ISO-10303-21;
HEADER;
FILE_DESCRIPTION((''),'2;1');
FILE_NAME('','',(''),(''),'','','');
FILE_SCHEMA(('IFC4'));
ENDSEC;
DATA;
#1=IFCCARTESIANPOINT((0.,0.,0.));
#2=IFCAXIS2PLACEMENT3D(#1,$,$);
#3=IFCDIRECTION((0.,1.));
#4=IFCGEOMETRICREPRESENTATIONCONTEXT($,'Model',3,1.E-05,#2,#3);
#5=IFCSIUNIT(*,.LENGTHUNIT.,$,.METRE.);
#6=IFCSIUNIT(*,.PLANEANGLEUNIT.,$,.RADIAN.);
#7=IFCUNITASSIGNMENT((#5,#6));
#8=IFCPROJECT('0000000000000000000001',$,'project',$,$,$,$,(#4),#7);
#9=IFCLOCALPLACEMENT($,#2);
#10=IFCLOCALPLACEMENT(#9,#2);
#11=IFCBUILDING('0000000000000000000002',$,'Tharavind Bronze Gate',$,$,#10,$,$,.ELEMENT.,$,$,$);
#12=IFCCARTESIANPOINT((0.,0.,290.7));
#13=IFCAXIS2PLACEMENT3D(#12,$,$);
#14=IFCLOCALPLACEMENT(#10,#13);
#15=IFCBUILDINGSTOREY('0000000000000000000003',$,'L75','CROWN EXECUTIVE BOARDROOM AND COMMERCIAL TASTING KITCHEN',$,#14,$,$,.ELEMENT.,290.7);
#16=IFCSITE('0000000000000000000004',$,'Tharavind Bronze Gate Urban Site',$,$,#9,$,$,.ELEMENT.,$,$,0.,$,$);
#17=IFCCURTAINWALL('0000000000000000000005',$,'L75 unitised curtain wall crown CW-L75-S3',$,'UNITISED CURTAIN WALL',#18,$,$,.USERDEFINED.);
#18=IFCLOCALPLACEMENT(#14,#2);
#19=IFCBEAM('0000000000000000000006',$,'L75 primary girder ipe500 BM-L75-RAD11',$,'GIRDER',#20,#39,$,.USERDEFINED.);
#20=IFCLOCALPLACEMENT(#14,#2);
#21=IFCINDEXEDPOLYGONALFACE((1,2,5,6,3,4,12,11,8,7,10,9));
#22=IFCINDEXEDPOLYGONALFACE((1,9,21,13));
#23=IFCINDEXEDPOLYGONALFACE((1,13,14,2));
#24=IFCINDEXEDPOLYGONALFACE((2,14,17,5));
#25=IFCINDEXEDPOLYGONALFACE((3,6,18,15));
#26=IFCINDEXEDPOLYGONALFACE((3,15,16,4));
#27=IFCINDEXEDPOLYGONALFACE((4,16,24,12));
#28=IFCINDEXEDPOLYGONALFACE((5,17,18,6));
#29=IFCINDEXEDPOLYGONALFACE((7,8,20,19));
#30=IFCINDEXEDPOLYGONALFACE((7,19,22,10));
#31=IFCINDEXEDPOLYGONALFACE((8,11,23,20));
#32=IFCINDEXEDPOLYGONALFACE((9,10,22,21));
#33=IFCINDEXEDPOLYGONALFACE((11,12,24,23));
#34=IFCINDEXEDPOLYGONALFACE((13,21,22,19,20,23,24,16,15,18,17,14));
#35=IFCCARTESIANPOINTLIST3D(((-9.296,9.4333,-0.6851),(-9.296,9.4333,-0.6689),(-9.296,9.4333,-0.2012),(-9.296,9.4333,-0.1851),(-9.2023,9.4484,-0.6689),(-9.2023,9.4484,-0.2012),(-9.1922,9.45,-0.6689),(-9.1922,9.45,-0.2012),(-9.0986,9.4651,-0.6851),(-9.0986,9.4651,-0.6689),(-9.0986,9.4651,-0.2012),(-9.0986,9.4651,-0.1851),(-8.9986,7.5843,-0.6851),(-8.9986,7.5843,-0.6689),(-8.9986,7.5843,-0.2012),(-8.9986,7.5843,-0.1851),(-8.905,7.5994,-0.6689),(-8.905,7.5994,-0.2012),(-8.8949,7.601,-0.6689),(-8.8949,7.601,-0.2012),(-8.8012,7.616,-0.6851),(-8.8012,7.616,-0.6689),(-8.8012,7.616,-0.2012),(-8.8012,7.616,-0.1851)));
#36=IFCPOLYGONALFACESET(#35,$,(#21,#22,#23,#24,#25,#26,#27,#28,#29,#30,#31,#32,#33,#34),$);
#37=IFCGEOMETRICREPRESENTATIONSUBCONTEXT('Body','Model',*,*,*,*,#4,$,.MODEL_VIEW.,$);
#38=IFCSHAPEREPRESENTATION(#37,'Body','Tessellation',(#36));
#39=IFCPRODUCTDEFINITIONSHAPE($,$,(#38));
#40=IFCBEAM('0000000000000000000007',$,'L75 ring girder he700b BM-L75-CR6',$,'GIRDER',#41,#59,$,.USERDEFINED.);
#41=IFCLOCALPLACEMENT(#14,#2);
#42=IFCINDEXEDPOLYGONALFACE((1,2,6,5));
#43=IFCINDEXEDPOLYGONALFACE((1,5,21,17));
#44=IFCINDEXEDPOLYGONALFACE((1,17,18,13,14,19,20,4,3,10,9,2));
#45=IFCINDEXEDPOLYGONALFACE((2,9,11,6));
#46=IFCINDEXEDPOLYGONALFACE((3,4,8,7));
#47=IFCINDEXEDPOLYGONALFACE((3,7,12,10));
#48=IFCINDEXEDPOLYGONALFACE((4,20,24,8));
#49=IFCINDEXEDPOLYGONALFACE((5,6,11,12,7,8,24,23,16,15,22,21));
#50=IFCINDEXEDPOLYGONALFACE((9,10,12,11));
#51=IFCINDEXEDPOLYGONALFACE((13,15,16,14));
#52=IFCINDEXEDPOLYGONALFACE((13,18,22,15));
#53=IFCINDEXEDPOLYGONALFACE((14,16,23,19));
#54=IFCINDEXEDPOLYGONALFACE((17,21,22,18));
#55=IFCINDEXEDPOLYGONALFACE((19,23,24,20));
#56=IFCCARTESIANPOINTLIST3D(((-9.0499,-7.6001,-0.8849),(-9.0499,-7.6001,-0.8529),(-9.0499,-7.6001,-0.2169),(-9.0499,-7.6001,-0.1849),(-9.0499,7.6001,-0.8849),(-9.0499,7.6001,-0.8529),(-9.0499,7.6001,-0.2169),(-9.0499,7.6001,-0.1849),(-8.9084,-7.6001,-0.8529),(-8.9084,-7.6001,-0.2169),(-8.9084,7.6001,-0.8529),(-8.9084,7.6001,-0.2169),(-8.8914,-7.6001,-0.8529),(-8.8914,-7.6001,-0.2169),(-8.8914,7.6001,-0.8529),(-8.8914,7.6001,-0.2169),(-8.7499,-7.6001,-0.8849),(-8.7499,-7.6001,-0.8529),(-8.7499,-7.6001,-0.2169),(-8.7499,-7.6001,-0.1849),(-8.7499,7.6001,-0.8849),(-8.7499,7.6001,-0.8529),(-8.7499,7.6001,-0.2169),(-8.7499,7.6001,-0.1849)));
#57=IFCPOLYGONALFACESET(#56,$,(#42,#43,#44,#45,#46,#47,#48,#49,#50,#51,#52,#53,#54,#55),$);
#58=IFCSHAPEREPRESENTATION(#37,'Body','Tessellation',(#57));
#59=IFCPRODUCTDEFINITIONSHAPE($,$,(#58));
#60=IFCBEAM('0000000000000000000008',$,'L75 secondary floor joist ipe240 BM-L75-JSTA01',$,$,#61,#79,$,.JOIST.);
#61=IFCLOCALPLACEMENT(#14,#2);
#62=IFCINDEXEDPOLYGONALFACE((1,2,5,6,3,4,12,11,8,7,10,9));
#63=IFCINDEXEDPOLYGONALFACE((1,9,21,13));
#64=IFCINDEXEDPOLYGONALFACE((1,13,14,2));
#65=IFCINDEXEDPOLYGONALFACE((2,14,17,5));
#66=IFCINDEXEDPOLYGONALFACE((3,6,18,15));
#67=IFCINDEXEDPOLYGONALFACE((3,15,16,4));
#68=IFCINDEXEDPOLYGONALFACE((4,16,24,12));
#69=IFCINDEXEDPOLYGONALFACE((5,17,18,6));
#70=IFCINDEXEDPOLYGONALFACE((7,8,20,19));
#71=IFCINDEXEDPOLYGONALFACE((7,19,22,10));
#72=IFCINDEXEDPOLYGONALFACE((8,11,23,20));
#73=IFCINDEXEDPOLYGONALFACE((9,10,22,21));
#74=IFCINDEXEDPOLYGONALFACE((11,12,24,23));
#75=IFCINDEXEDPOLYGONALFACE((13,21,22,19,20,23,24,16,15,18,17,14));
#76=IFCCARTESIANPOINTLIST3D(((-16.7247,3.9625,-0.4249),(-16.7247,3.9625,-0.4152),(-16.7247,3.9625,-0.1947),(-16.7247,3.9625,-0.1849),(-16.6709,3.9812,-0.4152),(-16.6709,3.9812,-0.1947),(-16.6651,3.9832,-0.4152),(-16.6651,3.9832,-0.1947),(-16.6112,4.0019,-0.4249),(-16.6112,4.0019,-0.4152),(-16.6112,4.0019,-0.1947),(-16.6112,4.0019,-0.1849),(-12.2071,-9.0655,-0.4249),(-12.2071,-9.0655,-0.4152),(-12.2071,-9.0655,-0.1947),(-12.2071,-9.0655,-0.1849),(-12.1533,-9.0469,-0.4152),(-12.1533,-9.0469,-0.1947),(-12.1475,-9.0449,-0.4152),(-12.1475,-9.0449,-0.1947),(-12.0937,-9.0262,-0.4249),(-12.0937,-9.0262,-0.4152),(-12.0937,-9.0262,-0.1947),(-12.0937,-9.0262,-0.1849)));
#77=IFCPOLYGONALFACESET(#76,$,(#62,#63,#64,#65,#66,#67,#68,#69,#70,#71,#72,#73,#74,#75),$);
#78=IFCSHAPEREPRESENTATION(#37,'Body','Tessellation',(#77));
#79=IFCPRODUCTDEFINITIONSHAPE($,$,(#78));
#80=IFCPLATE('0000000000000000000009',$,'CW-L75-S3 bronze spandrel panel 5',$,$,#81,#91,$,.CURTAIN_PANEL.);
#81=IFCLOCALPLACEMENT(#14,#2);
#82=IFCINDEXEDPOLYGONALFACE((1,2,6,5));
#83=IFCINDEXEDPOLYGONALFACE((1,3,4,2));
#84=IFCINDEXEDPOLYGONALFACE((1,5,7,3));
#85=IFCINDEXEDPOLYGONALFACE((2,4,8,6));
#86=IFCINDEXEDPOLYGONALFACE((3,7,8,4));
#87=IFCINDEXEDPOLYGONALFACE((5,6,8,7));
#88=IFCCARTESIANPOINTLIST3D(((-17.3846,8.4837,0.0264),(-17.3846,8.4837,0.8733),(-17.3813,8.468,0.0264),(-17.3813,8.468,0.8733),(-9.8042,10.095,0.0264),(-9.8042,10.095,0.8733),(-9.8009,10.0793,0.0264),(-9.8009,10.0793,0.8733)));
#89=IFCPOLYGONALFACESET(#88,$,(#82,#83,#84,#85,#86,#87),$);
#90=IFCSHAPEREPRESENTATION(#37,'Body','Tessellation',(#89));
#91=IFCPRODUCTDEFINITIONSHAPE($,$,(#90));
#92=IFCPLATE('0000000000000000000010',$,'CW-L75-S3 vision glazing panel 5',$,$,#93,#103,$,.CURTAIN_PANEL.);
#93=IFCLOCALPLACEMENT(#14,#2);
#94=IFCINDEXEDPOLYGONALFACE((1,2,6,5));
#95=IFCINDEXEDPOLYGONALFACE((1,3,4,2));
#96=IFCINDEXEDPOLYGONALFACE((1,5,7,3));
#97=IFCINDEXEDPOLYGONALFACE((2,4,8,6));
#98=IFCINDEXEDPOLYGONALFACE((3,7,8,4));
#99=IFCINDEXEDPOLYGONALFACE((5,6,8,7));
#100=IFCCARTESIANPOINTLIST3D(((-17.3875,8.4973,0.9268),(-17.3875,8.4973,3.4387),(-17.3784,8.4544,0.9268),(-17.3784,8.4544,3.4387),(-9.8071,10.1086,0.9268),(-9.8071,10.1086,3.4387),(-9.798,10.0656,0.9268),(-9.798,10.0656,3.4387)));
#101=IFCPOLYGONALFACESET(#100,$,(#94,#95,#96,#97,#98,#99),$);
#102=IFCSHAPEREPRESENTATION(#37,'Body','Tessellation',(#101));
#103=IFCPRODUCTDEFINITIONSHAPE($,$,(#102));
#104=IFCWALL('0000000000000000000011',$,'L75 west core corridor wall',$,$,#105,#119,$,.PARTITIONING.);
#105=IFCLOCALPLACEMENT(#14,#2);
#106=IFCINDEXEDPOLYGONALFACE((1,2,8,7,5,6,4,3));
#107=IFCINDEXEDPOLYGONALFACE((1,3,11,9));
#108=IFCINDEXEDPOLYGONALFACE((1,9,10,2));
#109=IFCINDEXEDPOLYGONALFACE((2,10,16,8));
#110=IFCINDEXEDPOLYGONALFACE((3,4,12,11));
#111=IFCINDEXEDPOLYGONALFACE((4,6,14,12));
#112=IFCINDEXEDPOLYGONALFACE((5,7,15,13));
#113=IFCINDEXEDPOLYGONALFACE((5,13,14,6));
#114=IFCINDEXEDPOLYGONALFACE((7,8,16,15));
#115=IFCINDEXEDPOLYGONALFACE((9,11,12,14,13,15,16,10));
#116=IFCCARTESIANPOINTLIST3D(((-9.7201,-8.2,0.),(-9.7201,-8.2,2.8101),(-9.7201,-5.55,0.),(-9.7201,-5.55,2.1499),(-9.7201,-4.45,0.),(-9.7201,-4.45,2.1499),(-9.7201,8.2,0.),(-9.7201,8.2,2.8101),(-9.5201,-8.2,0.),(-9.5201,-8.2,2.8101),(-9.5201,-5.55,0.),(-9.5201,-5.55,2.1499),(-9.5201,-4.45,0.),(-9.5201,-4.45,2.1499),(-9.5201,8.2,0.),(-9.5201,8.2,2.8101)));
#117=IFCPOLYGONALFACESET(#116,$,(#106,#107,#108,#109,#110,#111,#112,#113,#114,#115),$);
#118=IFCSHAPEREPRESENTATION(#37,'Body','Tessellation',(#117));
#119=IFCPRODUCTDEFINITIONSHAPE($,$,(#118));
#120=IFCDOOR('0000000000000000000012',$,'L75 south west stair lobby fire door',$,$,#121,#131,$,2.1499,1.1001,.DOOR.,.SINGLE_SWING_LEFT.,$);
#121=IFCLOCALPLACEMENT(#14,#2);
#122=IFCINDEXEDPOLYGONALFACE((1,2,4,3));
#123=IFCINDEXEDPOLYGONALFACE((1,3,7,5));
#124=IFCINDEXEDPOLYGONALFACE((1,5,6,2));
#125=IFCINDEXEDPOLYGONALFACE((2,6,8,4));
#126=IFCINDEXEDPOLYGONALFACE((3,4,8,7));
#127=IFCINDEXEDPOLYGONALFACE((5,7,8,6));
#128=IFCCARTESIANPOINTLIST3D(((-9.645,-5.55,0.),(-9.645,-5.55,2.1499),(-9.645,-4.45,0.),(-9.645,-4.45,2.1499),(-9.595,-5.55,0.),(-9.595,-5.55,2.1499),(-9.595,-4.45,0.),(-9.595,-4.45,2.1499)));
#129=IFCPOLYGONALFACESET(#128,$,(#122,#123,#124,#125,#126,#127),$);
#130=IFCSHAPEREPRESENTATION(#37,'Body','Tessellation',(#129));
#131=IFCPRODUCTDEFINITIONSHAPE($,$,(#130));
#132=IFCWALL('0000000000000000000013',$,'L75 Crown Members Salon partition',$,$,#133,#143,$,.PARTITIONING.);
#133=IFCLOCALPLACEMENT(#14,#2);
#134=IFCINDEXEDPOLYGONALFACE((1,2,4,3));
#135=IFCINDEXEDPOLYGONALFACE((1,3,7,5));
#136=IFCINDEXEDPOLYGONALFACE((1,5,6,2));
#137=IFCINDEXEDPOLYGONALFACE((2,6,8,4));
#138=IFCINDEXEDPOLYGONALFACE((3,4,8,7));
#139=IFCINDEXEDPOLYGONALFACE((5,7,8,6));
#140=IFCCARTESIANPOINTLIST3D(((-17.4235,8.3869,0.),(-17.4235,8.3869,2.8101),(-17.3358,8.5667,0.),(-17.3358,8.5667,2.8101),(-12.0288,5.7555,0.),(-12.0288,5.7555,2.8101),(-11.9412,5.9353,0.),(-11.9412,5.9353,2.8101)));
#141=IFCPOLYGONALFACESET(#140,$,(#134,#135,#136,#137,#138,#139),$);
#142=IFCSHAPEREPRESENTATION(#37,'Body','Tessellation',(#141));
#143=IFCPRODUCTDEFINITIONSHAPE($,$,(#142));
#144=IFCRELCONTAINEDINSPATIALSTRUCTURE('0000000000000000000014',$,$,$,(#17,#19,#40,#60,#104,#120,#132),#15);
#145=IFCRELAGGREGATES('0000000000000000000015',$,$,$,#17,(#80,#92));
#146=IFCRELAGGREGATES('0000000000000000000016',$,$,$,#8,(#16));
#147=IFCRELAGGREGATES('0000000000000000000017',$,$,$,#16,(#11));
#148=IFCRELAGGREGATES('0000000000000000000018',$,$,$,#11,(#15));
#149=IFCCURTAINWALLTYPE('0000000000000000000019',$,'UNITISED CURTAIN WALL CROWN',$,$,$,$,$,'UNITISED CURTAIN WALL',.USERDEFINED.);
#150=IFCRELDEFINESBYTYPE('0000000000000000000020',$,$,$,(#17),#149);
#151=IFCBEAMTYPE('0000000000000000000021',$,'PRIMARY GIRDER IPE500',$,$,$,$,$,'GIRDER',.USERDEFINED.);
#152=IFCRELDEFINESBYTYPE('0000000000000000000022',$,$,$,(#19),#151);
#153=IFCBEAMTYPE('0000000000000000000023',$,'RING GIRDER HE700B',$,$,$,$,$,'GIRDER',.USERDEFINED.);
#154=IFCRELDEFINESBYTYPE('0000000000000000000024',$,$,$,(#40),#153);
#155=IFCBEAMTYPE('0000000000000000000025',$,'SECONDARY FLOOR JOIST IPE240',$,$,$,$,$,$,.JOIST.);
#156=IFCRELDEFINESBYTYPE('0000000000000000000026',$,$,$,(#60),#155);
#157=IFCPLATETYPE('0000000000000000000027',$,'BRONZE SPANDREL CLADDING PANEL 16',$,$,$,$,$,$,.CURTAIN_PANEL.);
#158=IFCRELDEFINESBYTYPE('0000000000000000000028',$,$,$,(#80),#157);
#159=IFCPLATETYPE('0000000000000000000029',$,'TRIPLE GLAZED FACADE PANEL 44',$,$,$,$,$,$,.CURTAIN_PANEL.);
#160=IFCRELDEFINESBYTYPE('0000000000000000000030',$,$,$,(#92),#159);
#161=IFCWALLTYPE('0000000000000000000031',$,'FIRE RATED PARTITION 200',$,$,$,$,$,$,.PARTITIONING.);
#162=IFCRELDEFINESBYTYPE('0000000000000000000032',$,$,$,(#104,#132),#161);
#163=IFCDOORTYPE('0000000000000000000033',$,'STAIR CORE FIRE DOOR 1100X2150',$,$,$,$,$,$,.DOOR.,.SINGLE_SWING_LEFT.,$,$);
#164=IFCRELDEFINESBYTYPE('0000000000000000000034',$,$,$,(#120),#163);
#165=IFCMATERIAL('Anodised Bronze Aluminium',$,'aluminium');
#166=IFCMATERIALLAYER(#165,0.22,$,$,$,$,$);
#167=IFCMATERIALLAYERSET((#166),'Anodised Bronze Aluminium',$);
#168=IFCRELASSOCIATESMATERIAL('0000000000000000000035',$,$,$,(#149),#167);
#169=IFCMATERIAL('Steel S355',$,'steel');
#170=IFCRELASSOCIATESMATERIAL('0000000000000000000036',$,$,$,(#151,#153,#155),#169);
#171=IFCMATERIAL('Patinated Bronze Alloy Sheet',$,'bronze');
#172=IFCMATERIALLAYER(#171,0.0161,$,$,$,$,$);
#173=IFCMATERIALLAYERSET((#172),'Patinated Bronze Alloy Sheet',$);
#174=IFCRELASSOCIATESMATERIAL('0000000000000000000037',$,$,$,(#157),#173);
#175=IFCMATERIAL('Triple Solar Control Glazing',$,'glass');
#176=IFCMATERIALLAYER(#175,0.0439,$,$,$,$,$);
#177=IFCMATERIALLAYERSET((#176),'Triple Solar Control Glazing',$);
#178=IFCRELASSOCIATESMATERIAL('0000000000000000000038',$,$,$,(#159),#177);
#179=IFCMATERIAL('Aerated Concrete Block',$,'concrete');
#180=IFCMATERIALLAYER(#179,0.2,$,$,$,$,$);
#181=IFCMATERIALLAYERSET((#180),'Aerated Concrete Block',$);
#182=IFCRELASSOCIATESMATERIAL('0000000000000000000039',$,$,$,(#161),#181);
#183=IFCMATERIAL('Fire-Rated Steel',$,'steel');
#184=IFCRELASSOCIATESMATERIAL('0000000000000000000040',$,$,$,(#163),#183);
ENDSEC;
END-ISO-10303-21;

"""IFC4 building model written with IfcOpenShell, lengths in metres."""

from ifc_helpers import new_model, si_unit, direction, frame, frame_2d, origin, origin_2d, place, context, subcontext, project, spatial, rectangle, i_section, extrude, material, layer, layer_set, material_profile, profile_set, type_object, element, fill, aggregate, save


model = new_model("IFC4")

# Units and contexts
model_context = context("Model", 3, precision=1e-05, world=origin(), true_north=direction((0.0, 1.0)))
body_context = subcontext(model_context, "Body", "Model", "MODEL_VIEW")
ifc_project = project(units=[si_unit("LENGTHUNIT", "METRE"), si_unit("PLANEANGLEUNIT", "RADIAN")], contexts=[model_context])

# Site, building, storey
site_placement = place(None, origin())
site = spatial("IfcSite", under=ifc_project, at=site_placement, Name="Tharavind Bronze Gate Urban Site", CompositionType="ELEMENT", RefElevation=0.0)
building_placement = place(site_placement, origin())
building = spatial("IfcBuilding", under=site, at=building_placement, Name="Tharavind Bronze Gate", CompositionType="ELEMENT")
storey_placement = place(building_placement, frame((0.0, 0.0, 290.7)))
storey = spatial("IfcBuildingStorey", under=building, at=storey_placement, Name="L75", Description="CROWN EXECUTIVE BOARDROOM AND COMMERCIAL TASTING KITCHEN", CompositionType="ELEMENT", Elevation=290.7)

# Curtain wall
ifc_material_1 = material(Name="Anodised Bronze Aluminium", Category="aluminium")
ifc_layer_1 = layer(ifc_material_1, 0.22)
ifc_layer_set_1 = layer_set([ifc_layer_1], Name="Anodised Bronze Aluminium")
curtain_wall_type = type_object("IfcCurtainWallType", Name="UNITISED CURTAIN WALL CROWN", ElementType="UNITISED CURTAIN WALL", PredefinedType="USERDEFINED", material=ifc_layer_set_1)
curtain_wall_placement = place(storey_placement, origin())
curtain_wall = element("IfcCurtainWall", 1, at=curtain_wall_placement, inside=storey, type_object=curtain_wall_type, Name="L75 unitised curtain wall crown CW-L75-S3", ObjectType="UNITISED CURTAIN WALL", PredefinedType="USERDEFINED")

# Beams
ifc_material_2 = material(Name="Steel S355", Category="steel")
ifc_material_profile_1 = material_profile(ifc_material_2, i_section(OverallWidth=0.2, OverallDepth=0.5, WebThickness=0.0103, FlangeThickness=0.0161, at=origin_2d()), Name="IPE500")
ifc_profile_set_1 = profile_set([ifc_material_profile_1], Name="Steel S355")
beam_type_1 = type_object("IfcBeamType", Name="PRIMARY GIRDER IPE500", ElementType="GIRDER", PredefinedType="USERDEFINED", material=ifc_profile_set_1)
beam_1_placement = place(storey_placement, frame((-9.1973, 9.4492, -0.4351), z_axis=(0.158773, -0.987315, 0.0), x_axis=(0.987315, 0.158773, 0.0)))
element("IfcBeam", 2, at=beam_1_placement, inside=storey, type_object=beam_type_1, Name="L75 primary girder ipe500 BM-L75-RAD11", ObjectType="GIRDER", PredefinedType="USERDEFINED", context=body_context, shape_type="SweptSolid", body=[
    extrude(i_section(OverallWidth=0.2, OverallDepth=0.5, WebThickness=0.0103, FlangeThickness=0.0161, at=origin_2d()), origin(), (0.0, 0.0, 1.0), 1.8728),
])
ifc_material_profile_2 = material_profile(ifc_material_2, i_section(OverallWidth=0.3, OverallDepth=0.7, WebThickness=0.0171, FlangeThickness=0.032, at=origin_2d()), Name="HE700B")
ifc_profile_set_2 = profile_set([ifc_material_profile_2], Name="Steel S355")
beam_type_2 = type_object("IfcBeamType", Name="RING GIRDER HE700B", ElementType="GIRDER", PredefinedType="USERDEFINED", material=ifc_profile_set_2)
beam_2_placement = place(storey_placement, frame((-8.8999, 7.6001, -0.5349), z_axis=(0.0, -1.0, 0.0), x_axis=(1.0, 0.0, 0.0)))
element("IfcBeam", 3, at=beam_2_placement, inside=storey, type_object=beam_type_2, Name="L75 ring girder he700b BM-L75-CR6", ObjectType="GIRDER", PredefinedType="USERDEFINED", context=body_context, shape_type="SweptSolid", body=[
    extrude(i_section(OverallWidth=0.3, OverallDepth=0.7, WebThickness=0.0171, FlangeThickness=0.032, at=origin_2d()), origin(), (0.0, 0.0, 1.0), 15.2002),
])
ifc_material_profile_3 = material_profile(ifc_material_2, i_section(OverallWidth=0.1201, OverallDepth=0.24, WebThickness=0.0061, FlangeThickness=0.0098, at=origin_2d()), Name="IPE240")
ifc_profile_set_3 = profile_set([ifc_material_profile_3], Name="Steel S355")
beam_type_3 = type_object("IfcBeamType", Name="SECONDARY FLOOR JOIST IPE240", PredefinedType="JOIST", material=ifc_profile_set_3)
beam_3_placement = place(storey_placement, frame((-16.668, 3.9822, -0.3049), z_axis=(0.32762, -0.94481, 0.0), x_axis=(0.94481, 0.32762, 0.0)))
element("IfcBeam", 4, at=beam_3_placement, inside=storey, type_object=beam_type_3, Name="L75 secondary floor joist ipe240 BM-L75-JSTA01", PredefinedType="JOIST", context=body_context, shape_type="SweptSolid", body=[
    extrude(i_section(OverallWidth=0.1201, OverallDepth=0.24, WebThickness=0.0061, FlangeThickness=0.0098, at=origin_2d()), origin(), (0.0, 0.0, 1.0), 13.7891),
])

# Plates
ifc_material_3 = material(Name="Patinated Bronze Alloy Sheet", Category="bronze")
ifc_layer_2 = layer(ifc_material_3, 0.0161)
ifc_layer_set_2 = layer_set([ifc_layer_2], Name="Patinated Bronze Alloy Sheet")
plate_type_1 = type_object("IfcPlateType", Name="BRONZE SPANDREL CLADDING PANEL 16", PredefinedType="CURTAIN_PANEL", material=ifc_layer_set_2)
plate_1_placement = place(storey_placement, frame((-13.5928, 9.2815, 0.0264), z_axis=(0.0, 0.0, 1.0), x_axis=(-0.978147, -0.207913, 0.0)))
plate_1 = element("IfcPlate", 5, at=plate_1_placement, type_object=plate_type_1, Name="CW-L75-S3 bronze spandrel panel 5", PredefinedType="CURTAIN_PANEL", context=body_context, shape_type="SweptSolid", body=[
    extrude(rectangle(XDim=7.7498, YDim=0.0161, at=origin_2d()), origin(), (0.0, 0.0, 1.0), 0.8469),
])
ifc_material_4 = material(Name="Triple Solar Control Glazing", Category="glass")
ifc_layer_3 = layer(ifc_material_4, 0.0439)
ifc_layer_set_3 = layer_set([ifc_layer_3], Name="Triple Solar Control Glazing")
plate_type_2 = type_object("IfcPlateType", Name="TRIPLE GLAZED FACADE PANEL 44", PredefinedType="CURTAIN_PANEL", material=ifc_layer_set_3)
plate_2_placement = place(storey_placement, frame((-13.5928, 9.2815, 0.9268), z_axis=(0.0, 0.0, 1.0), x_axis=(-0.978147, -0.207913, 0.0)))
plate_2 = element("IfcPlate", 6, at=plate_2_placement, type_object=plate_type_2, Name="CW-L75-S3 vision glazing panel 5", PredefinedType="CURTAIN_PANEL", context=body_context, shape_type="SweptSolid", body=[
    extrude(rectangle(XDim=7.7498, YDim=0.0439, at=origin_2d()), origin(), (0.0, 0.0, 1.0), 2.512),
])
aggregate(curtain_wall, [plate_1, plate_2])

# Wall, opening, door
ifc_material_5 = material(Name="Aerated Concrete Block", Category="concrete")
ifc_layer_4 = layer(ifc_material_5, 0.2)
ifc_layer_set_4 = layer_set([ifc_layer_4], Name="Aerated Concrete Block")
wall_type = type_object("IfcWallType", Name="FIRE RATED PARTITION 200", PredefinedType="PARTITIONING", material=ifc_layer_set_4)
wall_1_placement = place(storey_placement, frame((-9.6201, 8.2, 0.0), z_axis=(0.0, 0.0, 1.0), x_axis=(0.0, -1.0, 0.0)))
wall_1 = element("IfcWall", 7, at=wall_1_placement, inside=storey, type_object=wall_type, Name="L75 west core corridor wall", PredefinedType="PARTITIONING", context=body_context, shape_type="SweptSolid", body=[
    extrude(rectangle(XDim=16.3999, YDim=0.2, at=frame_2d((8.2, 0.0))), origin(), (0.0, 0.0, 1.0), 2.8101),
])
opening_1_placement = place(wall_1_placement, frame((12.6499, 0.0, 0.0)))
opening_1 = element("IfcOpeningElement", 8, at=opening_1_placement, cuts=wall_1, PredefinedType="OPENING", context=body_context, shape_type="SweptSolid", body=[
    extrude(rectangle(XDim=1.1001, YDim=2.1499, at=frame_2d((0.55, 1.075))), frame((0.0, 0.1101, 0.0), z_axis=(0.0, -1.0, 0.0), x_axis=(1.0, 0.0, 0.0)), (0.0, 0.0, 1.0), 0.22),
])
ifc_material_6 = material(Name="Fire-Rated Steel", Category="steel")
door_type_1 = type_object("IfcDoorType", Name="STAIR CORE FIRE DOOR 1100X2150", OperationType="SINGLE_SWING_LEFT", PredefinedType="DOOR", material=ifc_material_6)
door_1_placement = place(opening_1_placement, frame((1.1001, 0.0, 0.0), z_axis=(0.0, 0.0, 1.0), x_axis=(-1.0, 0.0, 0.0)))
door_1 = element("IfcDoor", 9, at=door_1_placement, inside=storey, type_object=door_type_1, Name="L75 south west stair lobby fire door", OperationType="SINGLE_SWING_LEFT", OverallHeight=2.1499, OverallWidth=1.1001, PredefinedType="DOOR", context=body_context, shape_type="SweptSolid", body=[
    extrude(rectangle(XDim=1.1001, YDim=2.1499, at=frame_2d((0.55, 1.075))), frame((0.0, 0.0249, 0.0), z_axis=(0.0, -1.0, 0.0), x_axis=(1.0, 0.0, 0.0)), (0.0, 0.0, 1.0), 0.05),
])
fill(opening_1, door_1)

# Wall
wall_2_placement = place(storey_placement, frame((-11.9851, 5.8455, 0.0), z_axis=(0.0, 0.0, 1.0), x_axis=(-0.898777, 0.438406, 0.0)))
element("IfcWall", 10, at=wall_2_placement, inside=storey, type_object=wall_type, Name="L75 Crown Members Salon partition", PredefinedType="PARTITIONING", context=body_context, shape_type="SweptSolid", body=[
    extrude(rectangle(XDim=6.0022, YDim=0.2, at=frame_2d((3.001, 0.0))), origin(), (0.0, 0.0, 1.0), 2.8101),
])

save(model, "model.ifc")
